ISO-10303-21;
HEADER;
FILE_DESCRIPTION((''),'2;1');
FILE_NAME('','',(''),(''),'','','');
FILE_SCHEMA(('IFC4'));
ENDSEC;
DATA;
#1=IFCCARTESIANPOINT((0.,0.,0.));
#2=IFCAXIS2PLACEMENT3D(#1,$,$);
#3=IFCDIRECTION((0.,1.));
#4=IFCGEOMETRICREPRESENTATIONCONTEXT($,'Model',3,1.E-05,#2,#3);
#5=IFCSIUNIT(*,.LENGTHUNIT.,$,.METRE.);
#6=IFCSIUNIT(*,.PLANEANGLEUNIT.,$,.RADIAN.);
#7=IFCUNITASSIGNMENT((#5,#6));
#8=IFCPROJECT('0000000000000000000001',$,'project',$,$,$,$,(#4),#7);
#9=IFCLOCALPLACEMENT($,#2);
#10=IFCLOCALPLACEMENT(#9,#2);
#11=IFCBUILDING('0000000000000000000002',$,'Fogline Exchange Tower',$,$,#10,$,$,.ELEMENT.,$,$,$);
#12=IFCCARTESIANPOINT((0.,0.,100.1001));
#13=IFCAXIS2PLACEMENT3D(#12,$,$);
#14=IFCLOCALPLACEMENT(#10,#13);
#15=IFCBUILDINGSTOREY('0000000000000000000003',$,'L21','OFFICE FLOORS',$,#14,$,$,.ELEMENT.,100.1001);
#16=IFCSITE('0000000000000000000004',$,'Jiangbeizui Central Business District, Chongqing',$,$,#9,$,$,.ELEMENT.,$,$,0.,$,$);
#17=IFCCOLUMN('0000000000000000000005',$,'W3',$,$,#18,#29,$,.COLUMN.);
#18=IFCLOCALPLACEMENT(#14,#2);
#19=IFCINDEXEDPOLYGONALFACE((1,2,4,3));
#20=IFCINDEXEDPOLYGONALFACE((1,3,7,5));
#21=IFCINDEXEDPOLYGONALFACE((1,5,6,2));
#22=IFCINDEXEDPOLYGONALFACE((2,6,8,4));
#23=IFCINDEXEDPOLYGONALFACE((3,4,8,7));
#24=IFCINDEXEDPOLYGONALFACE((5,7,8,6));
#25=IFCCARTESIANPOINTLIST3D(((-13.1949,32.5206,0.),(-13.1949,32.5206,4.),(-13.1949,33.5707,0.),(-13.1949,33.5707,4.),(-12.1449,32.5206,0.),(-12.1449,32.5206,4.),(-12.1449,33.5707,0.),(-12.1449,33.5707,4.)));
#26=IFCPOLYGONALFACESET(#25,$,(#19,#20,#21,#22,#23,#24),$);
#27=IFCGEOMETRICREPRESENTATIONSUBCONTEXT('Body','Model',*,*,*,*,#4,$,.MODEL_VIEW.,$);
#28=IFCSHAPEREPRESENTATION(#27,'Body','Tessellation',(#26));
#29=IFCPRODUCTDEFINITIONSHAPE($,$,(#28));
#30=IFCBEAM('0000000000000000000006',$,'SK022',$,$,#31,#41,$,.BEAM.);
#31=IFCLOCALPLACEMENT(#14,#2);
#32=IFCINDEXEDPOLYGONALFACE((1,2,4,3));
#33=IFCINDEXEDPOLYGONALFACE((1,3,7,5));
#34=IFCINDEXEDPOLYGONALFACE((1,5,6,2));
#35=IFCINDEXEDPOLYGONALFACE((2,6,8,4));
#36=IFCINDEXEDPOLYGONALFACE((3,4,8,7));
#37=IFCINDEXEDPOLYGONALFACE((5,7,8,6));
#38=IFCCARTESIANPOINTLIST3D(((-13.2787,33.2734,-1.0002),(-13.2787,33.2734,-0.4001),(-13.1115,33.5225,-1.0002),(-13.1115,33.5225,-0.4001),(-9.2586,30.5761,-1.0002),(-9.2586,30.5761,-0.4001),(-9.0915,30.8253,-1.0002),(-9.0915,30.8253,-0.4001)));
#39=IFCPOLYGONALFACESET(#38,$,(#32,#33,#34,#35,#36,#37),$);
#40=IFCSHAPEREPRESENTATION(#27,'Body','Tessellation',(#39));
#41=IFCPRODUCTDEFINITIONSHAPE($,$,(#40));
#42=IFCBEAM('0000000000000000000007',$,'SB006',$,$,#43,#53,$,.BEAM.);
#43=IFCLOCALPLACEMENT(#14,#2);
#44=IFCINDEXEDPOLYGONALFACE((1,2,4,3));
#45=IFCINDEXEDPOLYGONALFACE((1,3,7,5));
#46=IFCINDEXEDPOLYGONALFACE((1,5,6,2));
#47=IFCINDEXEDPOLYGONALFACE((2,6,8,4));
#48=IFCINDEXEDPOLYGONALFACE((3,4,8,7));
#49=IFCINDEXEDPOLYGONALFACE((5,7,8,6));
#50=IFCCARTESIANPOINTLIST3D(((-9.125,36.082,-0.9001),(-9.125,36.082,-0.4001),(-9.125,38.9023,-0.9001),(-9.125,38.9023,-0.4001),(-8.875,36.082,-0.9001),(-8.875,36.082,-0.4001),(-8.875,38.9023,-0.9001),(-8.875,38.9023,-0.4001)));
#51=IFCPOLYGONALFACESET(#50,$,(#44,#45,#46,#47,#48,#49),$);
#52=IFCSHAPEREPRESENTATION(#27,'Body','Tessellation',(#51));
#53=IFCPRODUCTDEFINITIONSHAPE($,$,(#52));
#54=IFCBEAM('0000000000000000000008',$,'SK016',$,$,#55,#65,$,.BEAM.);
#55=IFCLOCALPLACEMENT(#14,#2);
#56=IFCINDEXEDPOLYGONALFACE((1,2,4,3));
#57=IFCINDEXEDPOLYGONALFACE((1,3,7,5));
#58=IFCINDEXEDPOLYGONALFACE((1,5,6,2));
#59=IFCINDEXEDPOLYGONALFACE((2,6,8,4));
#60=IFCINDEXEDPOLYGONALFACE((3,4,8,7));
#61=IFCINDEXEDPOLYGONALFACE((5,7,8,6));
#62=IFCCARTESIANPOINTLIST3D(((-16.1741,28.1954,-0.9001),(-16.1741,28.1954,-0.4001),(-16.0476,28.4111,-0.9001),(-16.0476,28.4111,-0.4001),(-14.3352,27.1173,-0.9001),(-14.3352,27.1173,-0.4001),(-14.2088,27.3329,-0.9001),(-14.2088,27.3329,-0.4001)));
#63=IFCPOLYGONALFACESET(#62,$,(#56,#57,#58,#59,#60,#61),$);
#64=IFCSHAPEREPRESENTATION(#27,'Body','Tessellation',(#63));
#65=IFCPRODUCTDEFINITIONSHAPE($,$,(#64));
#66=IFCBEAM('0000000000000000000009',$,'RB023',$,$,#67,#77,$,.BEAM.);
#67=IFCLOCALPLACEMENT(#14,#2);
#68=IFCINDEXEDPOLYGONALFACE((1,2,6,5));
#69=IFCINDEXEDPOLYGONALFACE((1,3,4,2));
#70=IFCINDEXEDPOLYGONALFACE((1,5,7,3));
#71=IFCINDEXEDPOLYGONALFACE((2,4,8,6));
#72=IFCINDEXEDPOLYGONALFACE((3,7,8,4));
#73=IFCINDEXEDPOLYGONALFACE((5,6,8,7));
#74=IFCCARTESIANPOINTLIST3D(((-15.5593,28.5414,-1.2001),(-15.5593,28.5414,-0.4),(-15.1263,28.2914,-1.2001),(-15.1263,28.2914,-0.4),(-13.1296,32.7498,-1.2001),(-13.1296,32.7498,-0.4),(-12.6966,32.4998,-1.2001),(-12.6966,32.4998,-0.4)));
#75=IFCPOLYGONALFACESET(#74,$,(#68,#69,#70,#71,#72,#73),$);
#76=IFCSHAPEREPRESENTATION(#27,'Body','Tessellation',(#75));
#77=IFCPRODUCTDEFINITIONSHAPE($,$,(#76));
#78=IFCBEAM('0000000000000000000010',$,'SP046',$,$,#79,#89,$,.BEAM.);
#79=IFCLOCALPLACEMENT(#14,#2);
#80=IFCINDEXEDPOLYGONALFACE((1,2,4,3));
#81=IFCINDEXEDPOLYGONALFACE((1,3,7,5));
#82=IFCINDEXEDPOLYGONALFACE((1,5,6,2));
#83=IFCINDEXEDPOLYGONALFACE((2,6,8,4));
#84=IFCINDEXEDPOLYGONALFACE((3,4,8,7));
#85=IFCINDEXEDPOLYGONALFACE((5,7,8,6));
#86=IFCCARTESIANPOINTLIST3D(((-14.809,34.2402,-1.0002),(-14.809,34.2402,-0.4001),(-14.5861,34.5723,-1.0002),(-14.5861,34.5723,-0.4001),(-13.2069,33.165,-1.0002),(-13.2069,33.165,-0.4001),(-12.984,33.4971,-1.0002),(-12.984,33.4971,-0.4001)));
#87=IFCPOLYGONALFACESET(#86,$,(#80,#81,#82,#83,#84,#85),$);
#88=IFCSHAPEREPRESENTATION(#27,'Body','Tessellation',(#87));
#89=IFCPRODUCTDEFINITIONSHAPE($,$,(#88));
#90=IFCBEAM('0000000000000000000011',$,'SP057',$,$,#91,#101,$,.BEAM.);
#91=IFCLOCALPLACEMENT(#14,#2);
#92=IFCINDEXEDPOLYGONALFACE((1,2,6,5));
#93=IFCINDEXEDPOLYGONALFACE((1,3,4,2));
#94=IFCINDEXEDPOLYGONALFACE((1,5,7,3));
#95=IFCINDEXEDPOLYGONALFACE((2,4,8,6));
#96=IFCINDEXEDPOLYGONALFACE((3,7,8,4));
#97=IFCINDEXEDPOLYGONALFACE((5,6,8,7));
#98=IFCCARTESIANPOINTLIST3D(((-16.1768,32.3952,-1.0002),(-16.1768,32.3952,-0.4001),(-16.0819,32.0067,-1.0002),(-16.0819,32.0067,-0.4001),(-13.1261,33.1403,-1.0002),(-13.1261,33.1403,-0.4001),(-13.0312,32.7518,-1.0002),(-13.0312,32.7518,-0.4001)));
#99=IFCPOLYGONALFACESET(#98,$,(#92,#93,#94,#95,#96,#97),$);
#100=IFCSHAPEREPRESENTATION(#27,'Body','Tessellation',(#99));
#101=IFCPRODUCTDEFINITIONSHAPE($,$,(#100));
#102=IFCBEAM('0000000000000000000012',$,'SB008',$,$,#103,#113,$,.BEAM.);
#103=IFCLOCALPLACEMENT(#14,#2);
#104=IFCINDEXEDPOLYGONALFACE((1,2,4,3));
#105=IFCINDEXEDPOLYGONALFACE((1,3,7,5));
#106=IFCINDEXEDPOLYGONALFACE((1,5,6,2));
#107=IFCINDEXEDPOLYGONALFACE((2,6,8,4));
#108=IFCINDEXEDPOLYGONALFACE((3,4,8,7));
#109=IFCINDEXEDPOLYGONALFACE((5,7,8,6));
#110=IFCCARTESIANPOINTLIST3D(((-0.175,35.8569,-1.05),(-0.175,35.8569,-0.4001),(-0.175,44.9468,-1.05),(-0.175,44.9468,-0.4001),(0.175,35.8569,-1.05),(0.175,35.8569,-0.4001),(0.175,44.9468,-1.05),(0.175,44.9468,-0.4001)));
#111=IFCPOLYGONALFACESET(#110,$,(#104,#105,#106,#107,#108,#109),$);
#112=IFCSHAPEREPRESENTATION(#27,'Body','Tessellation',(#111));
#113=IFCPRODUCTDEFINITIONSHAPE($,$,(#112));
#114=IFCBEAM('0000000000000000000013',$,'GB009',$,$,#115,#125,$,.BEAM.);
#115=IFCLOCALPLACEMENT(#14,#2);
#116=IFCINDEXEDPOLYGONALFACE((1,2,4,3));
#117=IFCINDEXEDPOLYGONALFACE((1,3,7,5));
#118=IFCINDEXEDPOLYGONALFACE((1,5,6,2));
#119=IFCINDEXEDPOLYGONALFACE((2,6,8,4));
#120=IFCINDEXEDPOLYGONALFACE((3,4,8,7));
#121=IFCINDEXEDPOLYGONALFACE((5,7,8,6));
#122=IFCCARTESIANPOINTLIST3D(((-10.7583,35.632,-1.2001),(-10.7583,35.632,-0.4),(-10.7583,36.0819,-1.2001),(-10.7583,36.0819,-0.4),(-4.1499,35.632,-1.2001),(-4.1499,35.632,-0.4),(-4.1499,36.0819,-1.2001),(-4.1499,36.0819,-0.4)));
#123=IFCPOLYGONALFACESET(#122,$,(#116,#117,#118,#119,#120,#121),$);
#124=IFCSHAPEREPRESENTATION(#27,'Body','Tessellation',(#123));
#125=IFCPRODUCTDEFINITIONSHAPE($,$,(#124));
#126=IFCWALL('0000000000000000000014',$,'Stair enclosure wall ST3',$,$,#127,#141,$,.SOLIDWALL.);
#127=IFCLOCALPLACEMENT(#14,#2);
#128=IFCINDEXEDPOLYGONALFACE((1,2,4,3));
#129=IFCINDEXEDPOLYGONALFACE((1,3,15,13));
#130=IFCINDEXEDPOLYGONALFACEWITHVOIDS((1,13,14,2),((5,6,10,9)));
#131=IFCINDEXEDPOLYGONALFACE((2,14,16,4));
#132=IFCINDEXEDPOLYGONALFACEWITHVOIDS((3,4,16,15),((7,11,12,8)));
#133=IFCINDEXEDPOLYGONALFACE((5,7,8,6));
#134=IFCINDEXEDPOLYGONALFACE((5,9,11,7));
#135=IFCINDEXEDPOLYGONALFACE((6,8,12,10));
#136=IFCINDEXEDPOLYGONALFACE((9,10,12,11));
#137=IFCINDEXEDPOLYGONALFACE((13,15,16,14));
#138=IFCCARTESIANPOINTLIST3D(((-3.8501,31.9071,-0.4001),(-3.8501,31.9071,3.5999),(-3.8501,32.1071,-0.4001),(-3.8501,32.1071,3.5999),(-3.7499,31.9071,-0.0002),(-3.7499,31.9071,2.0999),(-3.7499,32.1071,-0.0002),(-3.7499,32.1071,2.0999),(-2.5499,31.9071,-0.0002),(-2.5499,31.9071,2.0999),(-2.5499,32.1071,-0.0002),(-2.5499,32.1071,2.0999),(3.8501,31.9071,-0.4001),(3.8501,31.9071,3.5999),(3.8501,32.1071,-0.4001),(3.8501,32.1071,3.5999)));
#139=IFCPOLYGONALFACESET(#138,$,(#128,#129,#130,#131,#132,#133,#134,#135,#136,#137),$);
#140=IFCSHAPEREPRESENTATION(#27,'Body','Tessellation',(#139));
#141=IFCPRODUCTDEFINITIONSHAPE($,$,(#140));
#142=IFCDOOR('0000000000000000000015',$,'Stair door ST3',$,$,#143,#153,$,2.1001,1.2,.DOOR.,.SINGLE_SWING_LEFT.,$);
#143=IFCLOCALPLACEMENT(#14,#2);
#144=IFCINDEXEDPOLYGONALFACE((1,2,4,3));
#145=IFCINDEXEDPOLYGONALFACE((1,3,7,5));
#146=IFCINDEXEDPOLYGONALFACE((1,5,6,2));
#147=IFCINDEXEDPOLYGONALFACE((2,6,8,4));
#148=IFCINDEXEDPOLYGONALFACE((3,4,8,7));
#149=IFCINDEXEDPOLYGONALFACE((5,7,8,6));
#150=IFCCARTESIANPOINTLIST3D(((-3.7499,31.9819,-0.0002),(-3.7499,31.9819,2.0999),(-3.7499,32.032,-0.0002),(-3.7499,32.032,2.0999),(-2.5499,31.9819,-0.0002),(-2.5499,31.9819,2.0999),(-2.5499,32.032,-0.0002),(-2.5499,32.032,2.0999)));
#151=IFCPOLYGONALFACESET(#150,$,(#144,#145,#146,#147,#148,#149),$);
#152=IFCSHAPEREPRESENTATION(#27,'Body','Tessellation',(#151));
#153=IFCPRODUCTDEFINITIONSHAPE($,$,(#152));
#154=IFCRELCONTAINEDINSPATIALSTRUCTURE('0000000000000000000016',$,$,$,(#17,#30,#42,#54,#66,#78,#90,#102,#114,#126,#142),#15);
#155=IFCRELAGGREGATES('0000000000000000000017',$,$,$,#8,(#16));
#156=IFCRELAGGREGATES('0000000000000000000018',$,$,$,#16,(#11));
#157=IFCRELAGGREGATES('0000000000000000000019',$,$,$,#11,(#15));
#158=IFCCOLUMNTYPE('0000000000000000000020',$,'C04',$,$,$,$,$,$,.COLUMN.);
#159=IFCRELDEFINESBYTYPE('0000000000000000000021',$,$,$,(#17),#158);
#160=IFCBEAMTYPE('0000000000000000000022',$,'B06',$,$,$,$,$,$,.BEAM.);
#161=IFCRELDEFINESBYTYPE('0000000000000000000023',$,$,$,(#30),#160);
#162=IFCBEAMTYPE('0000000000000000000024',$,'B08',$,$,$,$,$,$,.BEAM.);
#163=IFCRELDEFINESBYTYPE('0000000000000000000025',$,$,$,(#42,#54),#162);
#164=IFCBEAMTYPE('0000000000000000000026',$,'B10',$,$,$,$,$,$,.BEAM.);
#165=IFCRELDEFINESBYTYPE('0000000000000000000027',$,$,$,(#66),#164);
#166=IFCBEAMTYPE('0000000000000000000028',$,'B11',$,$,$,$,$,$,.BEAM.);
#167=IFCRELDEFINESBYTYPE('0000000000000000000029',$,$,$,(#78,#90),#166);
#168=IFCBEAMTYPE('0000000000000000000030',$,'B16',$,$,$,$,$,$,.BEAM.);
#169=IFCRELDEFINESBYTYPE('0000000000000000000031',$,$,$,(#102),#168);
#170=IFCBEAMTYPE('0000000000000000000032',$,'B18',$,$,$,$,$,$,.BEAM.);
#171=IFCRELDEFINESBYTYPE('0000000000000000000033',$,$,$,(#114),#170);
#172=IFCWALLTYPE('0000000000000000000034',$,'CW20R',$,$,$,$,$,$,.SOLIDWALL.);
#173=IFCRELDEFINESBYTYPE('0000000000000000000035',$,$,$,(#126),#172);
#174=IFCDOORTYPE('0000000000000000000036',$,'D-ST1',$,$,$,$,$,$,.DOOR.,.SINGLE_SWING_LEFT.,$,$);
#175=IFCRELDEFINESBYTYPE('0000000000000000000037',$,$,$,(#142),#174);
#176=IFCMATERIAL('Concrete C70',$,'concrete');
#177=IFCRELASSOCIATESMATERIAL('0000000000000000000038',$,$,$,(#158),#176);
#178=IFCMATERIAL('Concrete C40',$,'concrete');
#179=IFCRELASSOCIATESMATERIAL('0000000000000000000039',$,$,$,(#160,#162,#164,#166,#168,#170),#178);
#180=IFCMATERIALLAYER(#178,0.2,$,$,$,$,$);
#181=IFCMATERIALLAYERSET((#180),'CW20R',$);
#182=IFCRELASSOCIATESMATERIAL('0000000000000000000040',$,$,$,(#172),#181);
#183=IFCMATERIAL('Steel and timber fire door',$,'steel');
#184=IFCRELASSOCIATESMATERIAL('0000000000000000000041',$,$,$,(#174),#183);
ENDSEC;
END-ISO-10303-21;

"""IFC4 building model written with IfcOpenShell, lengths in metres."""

from ifc_helpers import new_model, si_unit, direction, frame, frame_2d, origin, origin_2d, place, context, subcontext, project, spatial, rectangle, extrude, material, layer, layer_set, material_profile, profile_set, type_object, element, fill, save


model = new_model("IFC4")

# Units and contexts
model_context = context("Model", 3, precision=1e-05, world=origin(), true_north=direction((0.0, 1.0)))
body_context = subcontext(model_context, "Body", "Model", "MODEL_VIEW")
ifc_project = project(units=[si_unit("LENGTHUNIT", "METRE"), si_unit("PLANEANGLEUNIT", "RADIAN")], contexts=[model_context])

# Site, building, storey
site_placement = place(None, origin())
site = spatial("IfcSite", under=ifc_project, at=site_placement, Name="Jiangbeizui Central Business District, Chongqing", CompositionType="ELEMENT", RefElevation=0.0)
building_placement = place(site_placement, origin())
building = spatial("IfcBuilding", under=site, at=building_placement, Name="Fogline Exchange Tower", CompositionType="ELEMENT")
storey_placement = place(building_placement, frame((0.0, 0.0, 100.1001)))
storey = spatial("IfcBuildingStorey", under=building, at=storey_placement, Name="L21", Description="OFFICE FLOORS", CompositionType="ELEMENT", Elevation=100.1001)

# Column
ifc_material_1 = material(Name="Concrete C70", Category="concrete")
ifc_material_profile_1 = material_profile(ifc_material_1, rectangle(XDim=1.05, YDim=1.05, at=origin_2d()), Name="RC 1050x1050")
ifc_profile_set_1 = profile_set([ifc_material_profile_1], Name="Concrete C70")
column_type = type_object("IfcColumnType", Name="C04", PredefinedType="COLUMN", material=ifc_profile_set_1)
column_placement = place(storey_placement, frame((-12.6699, 33.0457, 0.0), z_axis=(0.0, 0.0, 1.0), x_axis=(1.0, 0.0, 0.0)))
element("IfcColumn", 1, at=column_placement, inside=storey, type_object=column_type, Name="W3", PredefinedType="COLUMN", context=body_context, shape_type="SweptSolid", body=[
    extrude(rectangle(XDim=1.05, YDim=1.05, at=origin_2d()), origin(), (0.0, 0.0, 1.0), 4.0),
])

# Beams
ifc_material_2 = material(Name="Concrete C40", Category="concrete")
ifc_material_profile_2 = material_profile(ifc_material_2, rectangle(XDim=0.3, YDim=0.6001, at=origin_2d()), Name="RC 300x600")
ifc_profile_set_2 = profile_set([ifc_material_profile_2], Name="Concrete C40")
beam_type_1 = type_object("IfcBeamType", Name="B06", PredefinedType="BEAM", material=ifc_profile_set_2)
beam_1_placement = place(storey_placement, frame((-13.1951, 33.3979, -0.7002), z_axis=(0.830402, -0.557165, 0.0), x_axis=(0.557165, 0.830402, 0.0)))
element("IfcBeam", 2, at=beam_1_placement, inside=storey, type_object=beam_type_1, Name="SK022", PredefinedType="BEAM", context=body_context, shape_type="SweptSolid", body=[
    extrude(rectangle(XDim=0.3, YDim=0.6001, at=origin_2d()), origin(), (0.0, 0.0, 1.0), 4.8411),
])
ifc_material_profile_3 = material_profile(ifc_material_2, rectangle(XDim=0.25, YDim=0.5, at=origin_2d()), Name="RC 250x500")
ifc_profile_set_3 = profile_set([ifc_material_profile_3], Name="Concrete C40")
beam_type_2 = type_object("IfcBeamType", Name="B08", PredefinedType="BEAM", material=ifc_profile_set_3)
beam_2_placement = place(storey_placement, frame((-9.0, 36.082, -0.6501), z_axis=(0.0, 1.0, 0.0), x_axis=(-1.0, 0.0, 0.0)))
element("IfcBeam", 3, at=beam_2_placement, inside=storey, type_object=beam_type_2, Name="SB006", PredefinedType="BEAM", context=body_context, shape_type="SweptSolid", body=[
    extrude(rectangle(XDim=0.25, YDim=0.5, at=origin_2d()), origin(), (0.0, 0.0, 1.0), 2.8203),
])
beam_3_placement = place(storey_placement, frame((-16.1108, 28.3032, -0.6501), z_axis=(0.862664, -0.505778, 0.0), x_axis=(0.505778, 0.862664, 0.0)))
element("IfcBeam", 4, at=beam_3_placement, inside=storey, type_object=beam_type_2, Name="SK016", PredefinedType="BEAM", context=body_context, shape_type="SweptSolid", body=[
    extrude(rectangle(XDim=0.25, YDim=0.5, at=origin_2d()), origin(), (0.0, 0.0, 1.0), 2.1316),
])
ifc_material_profile_4 = material_profile(ifc_material_2, rectangle(XDim=0.5, YDim=0.8, at=origin_2d()), Name="RC 500x800")
ifc_profile_set_4 = profile_set([ifc_material_profile_4], Name="Concrete C40")
beam_type_3 = type_object("IfcBeamType", Name="B10", PredefinedType="BEAM", material=ifc_profile_set_4)
beam_4_placement = place(storey_placement, frame((-12.9131, 32.6248, -0.8), z_axis=(-0.500008, -0.866021, 0.0), x_axis=(0.866021, -0.500008, 0.0)))
element("IfcBeam", 5, at=beam_4_placement, inside=storey, type_object=beam_type_3, Name="RB023", PredefinedType="BEAM", context=body_context, shape_type="SweptSolid", body=[
    extrude(rectangle(XDim=0.5, YDim=0.8, at=origin_2d()), origin(), (0.0, 0.0, 1.0), 4.8594),
])
ifc_material_profile_5 = material_profile(ifc_material_2, rectangle(XDim=0.3999, YDim=0.6001, at=origin_2d()), Name="RC 400x600")
ifc_profile_set_5 = profile_set([ifc_material_profile_5], Name="Concrete C40")
beam_type_4 = type_object("IfcBeamType", Name="B11", PredefinedType="BEAM", material=ifc_profile_set_5)
beam_5_placement = place(storey_placement, frame((-13.0955, 33.3311, -0.7002), z_axis=(-0.830333, 0.557267, 0.0), x_axis=(-0.557267, -0.830333, 0.0)))
element("IfcBeam", 6, at=beam_5_placement, inside=storey, type_object=beam_type_4, Name="SP046", PredefinedType="BEAM", context=body_context, shape_type="SweptSolid", body=[
    extrude(rectangle(XDim=0.3999, YDim=0.6001, at=origin_2d()), origin(), (0.0, 0.0, 1.0), 1.9294),
])
beam_6_placement = place(storey_placement, frame((-13.0786, 32.946, -0.7002), z_axis=(-0.971445, -0.237264, 0.0), x_axis=(0.237264, -0.971445, 0.0)))
element("IfcBeam", 7, at=beam_6_placement, inside=storey, type_object=beam_type_4, Name="SP057", PredefinedType="BEAM", context=body_context, shape_type="SweptSolid", body=[
    extrude(rectangle(XDim=0.3999, YDim=0.6001, at=origin_2d()), origin(), (0.0, 0.0, 1.0), 3.1404),
])
ifc_material_profile_6 = material_profile(ifc_material_2, rectangle(XDim=0.3501, YDim=0.6499, at=origin_2d()), Name="RC 350x650")
ifc_profile_set_6 = profile_set([ifc_material_profile_6], Name="Concrete C40")
beam_type_5 = type_object("IfcBeamType", Name="B16", PredefinedType="BEAM", material=ifc_profile_set_6)
beam_7_placement = place(storey_placement, frame((0.0, 35.8569, -0.7251), z_axis=(0.0, 1.0, 0.0), x_axis=(-1.0, 0.0, 0.0)))
element("IfcBeam", 8, at=beam_7_placement, inside=storey, type_object=beam_type_5, Name="SB008", PredefinedType="BEAM", context=body_context, shape_type="SweptSolid", body=[
    extrude(rectangle(XDim=0.3501, YDim=0.6499, at=origin_2d()), origin(), (0.0, 0.0, 1.0), 9.0898),
])
ifc_material_profile_7 = material_profile(ifc_material_2, rectangle(XDim=0.45, YDim=0.8, at=origin_2d()), Name="RC 450x800")
ifc_profile_set_7 = profile_set([ifc_material_profile_7], Name="Concrete C40")
beam_type_6 = type_object("IfcBeamType", Name="B18", PredefinedType="BEAM", material=ifc_profile_set_7)
beam_8_placement = place(storey_placement, frame((-10.7583, 35.8569, -0.8), z_axis=(1.0, 0.0, 0.0), x_axis=(0.0, 1.0, 0.0)))
element("IfcBeam", 9, at=beam_8_placement, inside=storey, type_object=beam_type_6, Name="GB009", PredefinedType="BEAM", context=body_context, shape_type="SweptSolid", body=[
    extrude(rectangle(XDim=0.45, YDim=0.8, at=origin_2d()), origin(), (0.0, 0.0, 1.0), 6.6084),
])

# Wall, opening, door
ifc_layer_1 = layer(ifc_material_2, 0.2)
ifc_layer_set_1 = layer_set([ifc_layer_1], Name="CW20R")
wall_type_1 = type_object("IfcWallType", Name="CW20R", PredefinedType="SOLIDWALL", material=ifc_layer_set_1)
wall_1_placement = place(storey_placement, frame((-3.8501, 32.0071, -0.4001), z_axis=(0.0, 0.0, 1.0), x_axis=(1.0, 0.0, 0.0)))
wall_1 = element("IfcWall", 10, at=wall_1_placement, inside=storey, type_object=wall_type_1, Name="Stair enclosure wall ST3", PredefinedType="SOLIDWALL", context=body_context, shape_type="SweptSolid", body=[
    extrude(rectangle(XDim=7.7002, YDim=0.2, at=frame_2d((3.8501, 0.0))), origin(), (0.0, 0.0, 1.0), 4.0),
])
opening_1_placement = place(wall_1_placement, frame((0.1001, 0.0, 0.3999)))
opening_1 = element("IfcOpeningElement", 11, at=opening_1_placement, cuts=wall_1, PredefinedType="OPENING", context=body_context, shape_type="SweptSolid", body=[
    extrude(rectangle(XDim=1.2, YDim=2.1001, at=frame_2d((0.6001, 1.05))), frame((0.0, 0.1099, 0.0), z_axis=(0.0, -1.0, 0.0), x_axis=(1.0, 0.0, 0.0)), (0.0, 0.0, 1.0), 0.22),
])
ifc_material_3 = material(Name="Steel and timber fire door", Category="steel")
door_type_1 = type_object("IfcDoorType", Name="D-ST1", OperationType="SINGLE_SWING_LEFT", PredefinedType="DOOR", material=ifc_material_3)
door_1_placement = place(opening_1_placement, origin())
door_1 = element("IfcDoor", 12, at=door_1_placement, inside=storey, type_object=door_type_1, Name="Stair door ST3", OperationType="SINGLE_SWING_LEFT", OverallHeight=2.1001, OverallWidth=1.2, PredefinedType="DOOR", context=body_context, shape_type="SweptSolid", body=[
    extrude(rectangle(XDim=1.2, YDim=2.1001, at=frame_2d((0.6001, 1.05))), frame((0.0, 0.0249, 0.0), z_axis=(0.0, -1.0, 0.0), x_axis=(1.0, 0.0, 0.0)), (0.0, 0.0, 1.0), 0.05),
])
fill(opening_1, door_1)

save(model, "model.ifc")
